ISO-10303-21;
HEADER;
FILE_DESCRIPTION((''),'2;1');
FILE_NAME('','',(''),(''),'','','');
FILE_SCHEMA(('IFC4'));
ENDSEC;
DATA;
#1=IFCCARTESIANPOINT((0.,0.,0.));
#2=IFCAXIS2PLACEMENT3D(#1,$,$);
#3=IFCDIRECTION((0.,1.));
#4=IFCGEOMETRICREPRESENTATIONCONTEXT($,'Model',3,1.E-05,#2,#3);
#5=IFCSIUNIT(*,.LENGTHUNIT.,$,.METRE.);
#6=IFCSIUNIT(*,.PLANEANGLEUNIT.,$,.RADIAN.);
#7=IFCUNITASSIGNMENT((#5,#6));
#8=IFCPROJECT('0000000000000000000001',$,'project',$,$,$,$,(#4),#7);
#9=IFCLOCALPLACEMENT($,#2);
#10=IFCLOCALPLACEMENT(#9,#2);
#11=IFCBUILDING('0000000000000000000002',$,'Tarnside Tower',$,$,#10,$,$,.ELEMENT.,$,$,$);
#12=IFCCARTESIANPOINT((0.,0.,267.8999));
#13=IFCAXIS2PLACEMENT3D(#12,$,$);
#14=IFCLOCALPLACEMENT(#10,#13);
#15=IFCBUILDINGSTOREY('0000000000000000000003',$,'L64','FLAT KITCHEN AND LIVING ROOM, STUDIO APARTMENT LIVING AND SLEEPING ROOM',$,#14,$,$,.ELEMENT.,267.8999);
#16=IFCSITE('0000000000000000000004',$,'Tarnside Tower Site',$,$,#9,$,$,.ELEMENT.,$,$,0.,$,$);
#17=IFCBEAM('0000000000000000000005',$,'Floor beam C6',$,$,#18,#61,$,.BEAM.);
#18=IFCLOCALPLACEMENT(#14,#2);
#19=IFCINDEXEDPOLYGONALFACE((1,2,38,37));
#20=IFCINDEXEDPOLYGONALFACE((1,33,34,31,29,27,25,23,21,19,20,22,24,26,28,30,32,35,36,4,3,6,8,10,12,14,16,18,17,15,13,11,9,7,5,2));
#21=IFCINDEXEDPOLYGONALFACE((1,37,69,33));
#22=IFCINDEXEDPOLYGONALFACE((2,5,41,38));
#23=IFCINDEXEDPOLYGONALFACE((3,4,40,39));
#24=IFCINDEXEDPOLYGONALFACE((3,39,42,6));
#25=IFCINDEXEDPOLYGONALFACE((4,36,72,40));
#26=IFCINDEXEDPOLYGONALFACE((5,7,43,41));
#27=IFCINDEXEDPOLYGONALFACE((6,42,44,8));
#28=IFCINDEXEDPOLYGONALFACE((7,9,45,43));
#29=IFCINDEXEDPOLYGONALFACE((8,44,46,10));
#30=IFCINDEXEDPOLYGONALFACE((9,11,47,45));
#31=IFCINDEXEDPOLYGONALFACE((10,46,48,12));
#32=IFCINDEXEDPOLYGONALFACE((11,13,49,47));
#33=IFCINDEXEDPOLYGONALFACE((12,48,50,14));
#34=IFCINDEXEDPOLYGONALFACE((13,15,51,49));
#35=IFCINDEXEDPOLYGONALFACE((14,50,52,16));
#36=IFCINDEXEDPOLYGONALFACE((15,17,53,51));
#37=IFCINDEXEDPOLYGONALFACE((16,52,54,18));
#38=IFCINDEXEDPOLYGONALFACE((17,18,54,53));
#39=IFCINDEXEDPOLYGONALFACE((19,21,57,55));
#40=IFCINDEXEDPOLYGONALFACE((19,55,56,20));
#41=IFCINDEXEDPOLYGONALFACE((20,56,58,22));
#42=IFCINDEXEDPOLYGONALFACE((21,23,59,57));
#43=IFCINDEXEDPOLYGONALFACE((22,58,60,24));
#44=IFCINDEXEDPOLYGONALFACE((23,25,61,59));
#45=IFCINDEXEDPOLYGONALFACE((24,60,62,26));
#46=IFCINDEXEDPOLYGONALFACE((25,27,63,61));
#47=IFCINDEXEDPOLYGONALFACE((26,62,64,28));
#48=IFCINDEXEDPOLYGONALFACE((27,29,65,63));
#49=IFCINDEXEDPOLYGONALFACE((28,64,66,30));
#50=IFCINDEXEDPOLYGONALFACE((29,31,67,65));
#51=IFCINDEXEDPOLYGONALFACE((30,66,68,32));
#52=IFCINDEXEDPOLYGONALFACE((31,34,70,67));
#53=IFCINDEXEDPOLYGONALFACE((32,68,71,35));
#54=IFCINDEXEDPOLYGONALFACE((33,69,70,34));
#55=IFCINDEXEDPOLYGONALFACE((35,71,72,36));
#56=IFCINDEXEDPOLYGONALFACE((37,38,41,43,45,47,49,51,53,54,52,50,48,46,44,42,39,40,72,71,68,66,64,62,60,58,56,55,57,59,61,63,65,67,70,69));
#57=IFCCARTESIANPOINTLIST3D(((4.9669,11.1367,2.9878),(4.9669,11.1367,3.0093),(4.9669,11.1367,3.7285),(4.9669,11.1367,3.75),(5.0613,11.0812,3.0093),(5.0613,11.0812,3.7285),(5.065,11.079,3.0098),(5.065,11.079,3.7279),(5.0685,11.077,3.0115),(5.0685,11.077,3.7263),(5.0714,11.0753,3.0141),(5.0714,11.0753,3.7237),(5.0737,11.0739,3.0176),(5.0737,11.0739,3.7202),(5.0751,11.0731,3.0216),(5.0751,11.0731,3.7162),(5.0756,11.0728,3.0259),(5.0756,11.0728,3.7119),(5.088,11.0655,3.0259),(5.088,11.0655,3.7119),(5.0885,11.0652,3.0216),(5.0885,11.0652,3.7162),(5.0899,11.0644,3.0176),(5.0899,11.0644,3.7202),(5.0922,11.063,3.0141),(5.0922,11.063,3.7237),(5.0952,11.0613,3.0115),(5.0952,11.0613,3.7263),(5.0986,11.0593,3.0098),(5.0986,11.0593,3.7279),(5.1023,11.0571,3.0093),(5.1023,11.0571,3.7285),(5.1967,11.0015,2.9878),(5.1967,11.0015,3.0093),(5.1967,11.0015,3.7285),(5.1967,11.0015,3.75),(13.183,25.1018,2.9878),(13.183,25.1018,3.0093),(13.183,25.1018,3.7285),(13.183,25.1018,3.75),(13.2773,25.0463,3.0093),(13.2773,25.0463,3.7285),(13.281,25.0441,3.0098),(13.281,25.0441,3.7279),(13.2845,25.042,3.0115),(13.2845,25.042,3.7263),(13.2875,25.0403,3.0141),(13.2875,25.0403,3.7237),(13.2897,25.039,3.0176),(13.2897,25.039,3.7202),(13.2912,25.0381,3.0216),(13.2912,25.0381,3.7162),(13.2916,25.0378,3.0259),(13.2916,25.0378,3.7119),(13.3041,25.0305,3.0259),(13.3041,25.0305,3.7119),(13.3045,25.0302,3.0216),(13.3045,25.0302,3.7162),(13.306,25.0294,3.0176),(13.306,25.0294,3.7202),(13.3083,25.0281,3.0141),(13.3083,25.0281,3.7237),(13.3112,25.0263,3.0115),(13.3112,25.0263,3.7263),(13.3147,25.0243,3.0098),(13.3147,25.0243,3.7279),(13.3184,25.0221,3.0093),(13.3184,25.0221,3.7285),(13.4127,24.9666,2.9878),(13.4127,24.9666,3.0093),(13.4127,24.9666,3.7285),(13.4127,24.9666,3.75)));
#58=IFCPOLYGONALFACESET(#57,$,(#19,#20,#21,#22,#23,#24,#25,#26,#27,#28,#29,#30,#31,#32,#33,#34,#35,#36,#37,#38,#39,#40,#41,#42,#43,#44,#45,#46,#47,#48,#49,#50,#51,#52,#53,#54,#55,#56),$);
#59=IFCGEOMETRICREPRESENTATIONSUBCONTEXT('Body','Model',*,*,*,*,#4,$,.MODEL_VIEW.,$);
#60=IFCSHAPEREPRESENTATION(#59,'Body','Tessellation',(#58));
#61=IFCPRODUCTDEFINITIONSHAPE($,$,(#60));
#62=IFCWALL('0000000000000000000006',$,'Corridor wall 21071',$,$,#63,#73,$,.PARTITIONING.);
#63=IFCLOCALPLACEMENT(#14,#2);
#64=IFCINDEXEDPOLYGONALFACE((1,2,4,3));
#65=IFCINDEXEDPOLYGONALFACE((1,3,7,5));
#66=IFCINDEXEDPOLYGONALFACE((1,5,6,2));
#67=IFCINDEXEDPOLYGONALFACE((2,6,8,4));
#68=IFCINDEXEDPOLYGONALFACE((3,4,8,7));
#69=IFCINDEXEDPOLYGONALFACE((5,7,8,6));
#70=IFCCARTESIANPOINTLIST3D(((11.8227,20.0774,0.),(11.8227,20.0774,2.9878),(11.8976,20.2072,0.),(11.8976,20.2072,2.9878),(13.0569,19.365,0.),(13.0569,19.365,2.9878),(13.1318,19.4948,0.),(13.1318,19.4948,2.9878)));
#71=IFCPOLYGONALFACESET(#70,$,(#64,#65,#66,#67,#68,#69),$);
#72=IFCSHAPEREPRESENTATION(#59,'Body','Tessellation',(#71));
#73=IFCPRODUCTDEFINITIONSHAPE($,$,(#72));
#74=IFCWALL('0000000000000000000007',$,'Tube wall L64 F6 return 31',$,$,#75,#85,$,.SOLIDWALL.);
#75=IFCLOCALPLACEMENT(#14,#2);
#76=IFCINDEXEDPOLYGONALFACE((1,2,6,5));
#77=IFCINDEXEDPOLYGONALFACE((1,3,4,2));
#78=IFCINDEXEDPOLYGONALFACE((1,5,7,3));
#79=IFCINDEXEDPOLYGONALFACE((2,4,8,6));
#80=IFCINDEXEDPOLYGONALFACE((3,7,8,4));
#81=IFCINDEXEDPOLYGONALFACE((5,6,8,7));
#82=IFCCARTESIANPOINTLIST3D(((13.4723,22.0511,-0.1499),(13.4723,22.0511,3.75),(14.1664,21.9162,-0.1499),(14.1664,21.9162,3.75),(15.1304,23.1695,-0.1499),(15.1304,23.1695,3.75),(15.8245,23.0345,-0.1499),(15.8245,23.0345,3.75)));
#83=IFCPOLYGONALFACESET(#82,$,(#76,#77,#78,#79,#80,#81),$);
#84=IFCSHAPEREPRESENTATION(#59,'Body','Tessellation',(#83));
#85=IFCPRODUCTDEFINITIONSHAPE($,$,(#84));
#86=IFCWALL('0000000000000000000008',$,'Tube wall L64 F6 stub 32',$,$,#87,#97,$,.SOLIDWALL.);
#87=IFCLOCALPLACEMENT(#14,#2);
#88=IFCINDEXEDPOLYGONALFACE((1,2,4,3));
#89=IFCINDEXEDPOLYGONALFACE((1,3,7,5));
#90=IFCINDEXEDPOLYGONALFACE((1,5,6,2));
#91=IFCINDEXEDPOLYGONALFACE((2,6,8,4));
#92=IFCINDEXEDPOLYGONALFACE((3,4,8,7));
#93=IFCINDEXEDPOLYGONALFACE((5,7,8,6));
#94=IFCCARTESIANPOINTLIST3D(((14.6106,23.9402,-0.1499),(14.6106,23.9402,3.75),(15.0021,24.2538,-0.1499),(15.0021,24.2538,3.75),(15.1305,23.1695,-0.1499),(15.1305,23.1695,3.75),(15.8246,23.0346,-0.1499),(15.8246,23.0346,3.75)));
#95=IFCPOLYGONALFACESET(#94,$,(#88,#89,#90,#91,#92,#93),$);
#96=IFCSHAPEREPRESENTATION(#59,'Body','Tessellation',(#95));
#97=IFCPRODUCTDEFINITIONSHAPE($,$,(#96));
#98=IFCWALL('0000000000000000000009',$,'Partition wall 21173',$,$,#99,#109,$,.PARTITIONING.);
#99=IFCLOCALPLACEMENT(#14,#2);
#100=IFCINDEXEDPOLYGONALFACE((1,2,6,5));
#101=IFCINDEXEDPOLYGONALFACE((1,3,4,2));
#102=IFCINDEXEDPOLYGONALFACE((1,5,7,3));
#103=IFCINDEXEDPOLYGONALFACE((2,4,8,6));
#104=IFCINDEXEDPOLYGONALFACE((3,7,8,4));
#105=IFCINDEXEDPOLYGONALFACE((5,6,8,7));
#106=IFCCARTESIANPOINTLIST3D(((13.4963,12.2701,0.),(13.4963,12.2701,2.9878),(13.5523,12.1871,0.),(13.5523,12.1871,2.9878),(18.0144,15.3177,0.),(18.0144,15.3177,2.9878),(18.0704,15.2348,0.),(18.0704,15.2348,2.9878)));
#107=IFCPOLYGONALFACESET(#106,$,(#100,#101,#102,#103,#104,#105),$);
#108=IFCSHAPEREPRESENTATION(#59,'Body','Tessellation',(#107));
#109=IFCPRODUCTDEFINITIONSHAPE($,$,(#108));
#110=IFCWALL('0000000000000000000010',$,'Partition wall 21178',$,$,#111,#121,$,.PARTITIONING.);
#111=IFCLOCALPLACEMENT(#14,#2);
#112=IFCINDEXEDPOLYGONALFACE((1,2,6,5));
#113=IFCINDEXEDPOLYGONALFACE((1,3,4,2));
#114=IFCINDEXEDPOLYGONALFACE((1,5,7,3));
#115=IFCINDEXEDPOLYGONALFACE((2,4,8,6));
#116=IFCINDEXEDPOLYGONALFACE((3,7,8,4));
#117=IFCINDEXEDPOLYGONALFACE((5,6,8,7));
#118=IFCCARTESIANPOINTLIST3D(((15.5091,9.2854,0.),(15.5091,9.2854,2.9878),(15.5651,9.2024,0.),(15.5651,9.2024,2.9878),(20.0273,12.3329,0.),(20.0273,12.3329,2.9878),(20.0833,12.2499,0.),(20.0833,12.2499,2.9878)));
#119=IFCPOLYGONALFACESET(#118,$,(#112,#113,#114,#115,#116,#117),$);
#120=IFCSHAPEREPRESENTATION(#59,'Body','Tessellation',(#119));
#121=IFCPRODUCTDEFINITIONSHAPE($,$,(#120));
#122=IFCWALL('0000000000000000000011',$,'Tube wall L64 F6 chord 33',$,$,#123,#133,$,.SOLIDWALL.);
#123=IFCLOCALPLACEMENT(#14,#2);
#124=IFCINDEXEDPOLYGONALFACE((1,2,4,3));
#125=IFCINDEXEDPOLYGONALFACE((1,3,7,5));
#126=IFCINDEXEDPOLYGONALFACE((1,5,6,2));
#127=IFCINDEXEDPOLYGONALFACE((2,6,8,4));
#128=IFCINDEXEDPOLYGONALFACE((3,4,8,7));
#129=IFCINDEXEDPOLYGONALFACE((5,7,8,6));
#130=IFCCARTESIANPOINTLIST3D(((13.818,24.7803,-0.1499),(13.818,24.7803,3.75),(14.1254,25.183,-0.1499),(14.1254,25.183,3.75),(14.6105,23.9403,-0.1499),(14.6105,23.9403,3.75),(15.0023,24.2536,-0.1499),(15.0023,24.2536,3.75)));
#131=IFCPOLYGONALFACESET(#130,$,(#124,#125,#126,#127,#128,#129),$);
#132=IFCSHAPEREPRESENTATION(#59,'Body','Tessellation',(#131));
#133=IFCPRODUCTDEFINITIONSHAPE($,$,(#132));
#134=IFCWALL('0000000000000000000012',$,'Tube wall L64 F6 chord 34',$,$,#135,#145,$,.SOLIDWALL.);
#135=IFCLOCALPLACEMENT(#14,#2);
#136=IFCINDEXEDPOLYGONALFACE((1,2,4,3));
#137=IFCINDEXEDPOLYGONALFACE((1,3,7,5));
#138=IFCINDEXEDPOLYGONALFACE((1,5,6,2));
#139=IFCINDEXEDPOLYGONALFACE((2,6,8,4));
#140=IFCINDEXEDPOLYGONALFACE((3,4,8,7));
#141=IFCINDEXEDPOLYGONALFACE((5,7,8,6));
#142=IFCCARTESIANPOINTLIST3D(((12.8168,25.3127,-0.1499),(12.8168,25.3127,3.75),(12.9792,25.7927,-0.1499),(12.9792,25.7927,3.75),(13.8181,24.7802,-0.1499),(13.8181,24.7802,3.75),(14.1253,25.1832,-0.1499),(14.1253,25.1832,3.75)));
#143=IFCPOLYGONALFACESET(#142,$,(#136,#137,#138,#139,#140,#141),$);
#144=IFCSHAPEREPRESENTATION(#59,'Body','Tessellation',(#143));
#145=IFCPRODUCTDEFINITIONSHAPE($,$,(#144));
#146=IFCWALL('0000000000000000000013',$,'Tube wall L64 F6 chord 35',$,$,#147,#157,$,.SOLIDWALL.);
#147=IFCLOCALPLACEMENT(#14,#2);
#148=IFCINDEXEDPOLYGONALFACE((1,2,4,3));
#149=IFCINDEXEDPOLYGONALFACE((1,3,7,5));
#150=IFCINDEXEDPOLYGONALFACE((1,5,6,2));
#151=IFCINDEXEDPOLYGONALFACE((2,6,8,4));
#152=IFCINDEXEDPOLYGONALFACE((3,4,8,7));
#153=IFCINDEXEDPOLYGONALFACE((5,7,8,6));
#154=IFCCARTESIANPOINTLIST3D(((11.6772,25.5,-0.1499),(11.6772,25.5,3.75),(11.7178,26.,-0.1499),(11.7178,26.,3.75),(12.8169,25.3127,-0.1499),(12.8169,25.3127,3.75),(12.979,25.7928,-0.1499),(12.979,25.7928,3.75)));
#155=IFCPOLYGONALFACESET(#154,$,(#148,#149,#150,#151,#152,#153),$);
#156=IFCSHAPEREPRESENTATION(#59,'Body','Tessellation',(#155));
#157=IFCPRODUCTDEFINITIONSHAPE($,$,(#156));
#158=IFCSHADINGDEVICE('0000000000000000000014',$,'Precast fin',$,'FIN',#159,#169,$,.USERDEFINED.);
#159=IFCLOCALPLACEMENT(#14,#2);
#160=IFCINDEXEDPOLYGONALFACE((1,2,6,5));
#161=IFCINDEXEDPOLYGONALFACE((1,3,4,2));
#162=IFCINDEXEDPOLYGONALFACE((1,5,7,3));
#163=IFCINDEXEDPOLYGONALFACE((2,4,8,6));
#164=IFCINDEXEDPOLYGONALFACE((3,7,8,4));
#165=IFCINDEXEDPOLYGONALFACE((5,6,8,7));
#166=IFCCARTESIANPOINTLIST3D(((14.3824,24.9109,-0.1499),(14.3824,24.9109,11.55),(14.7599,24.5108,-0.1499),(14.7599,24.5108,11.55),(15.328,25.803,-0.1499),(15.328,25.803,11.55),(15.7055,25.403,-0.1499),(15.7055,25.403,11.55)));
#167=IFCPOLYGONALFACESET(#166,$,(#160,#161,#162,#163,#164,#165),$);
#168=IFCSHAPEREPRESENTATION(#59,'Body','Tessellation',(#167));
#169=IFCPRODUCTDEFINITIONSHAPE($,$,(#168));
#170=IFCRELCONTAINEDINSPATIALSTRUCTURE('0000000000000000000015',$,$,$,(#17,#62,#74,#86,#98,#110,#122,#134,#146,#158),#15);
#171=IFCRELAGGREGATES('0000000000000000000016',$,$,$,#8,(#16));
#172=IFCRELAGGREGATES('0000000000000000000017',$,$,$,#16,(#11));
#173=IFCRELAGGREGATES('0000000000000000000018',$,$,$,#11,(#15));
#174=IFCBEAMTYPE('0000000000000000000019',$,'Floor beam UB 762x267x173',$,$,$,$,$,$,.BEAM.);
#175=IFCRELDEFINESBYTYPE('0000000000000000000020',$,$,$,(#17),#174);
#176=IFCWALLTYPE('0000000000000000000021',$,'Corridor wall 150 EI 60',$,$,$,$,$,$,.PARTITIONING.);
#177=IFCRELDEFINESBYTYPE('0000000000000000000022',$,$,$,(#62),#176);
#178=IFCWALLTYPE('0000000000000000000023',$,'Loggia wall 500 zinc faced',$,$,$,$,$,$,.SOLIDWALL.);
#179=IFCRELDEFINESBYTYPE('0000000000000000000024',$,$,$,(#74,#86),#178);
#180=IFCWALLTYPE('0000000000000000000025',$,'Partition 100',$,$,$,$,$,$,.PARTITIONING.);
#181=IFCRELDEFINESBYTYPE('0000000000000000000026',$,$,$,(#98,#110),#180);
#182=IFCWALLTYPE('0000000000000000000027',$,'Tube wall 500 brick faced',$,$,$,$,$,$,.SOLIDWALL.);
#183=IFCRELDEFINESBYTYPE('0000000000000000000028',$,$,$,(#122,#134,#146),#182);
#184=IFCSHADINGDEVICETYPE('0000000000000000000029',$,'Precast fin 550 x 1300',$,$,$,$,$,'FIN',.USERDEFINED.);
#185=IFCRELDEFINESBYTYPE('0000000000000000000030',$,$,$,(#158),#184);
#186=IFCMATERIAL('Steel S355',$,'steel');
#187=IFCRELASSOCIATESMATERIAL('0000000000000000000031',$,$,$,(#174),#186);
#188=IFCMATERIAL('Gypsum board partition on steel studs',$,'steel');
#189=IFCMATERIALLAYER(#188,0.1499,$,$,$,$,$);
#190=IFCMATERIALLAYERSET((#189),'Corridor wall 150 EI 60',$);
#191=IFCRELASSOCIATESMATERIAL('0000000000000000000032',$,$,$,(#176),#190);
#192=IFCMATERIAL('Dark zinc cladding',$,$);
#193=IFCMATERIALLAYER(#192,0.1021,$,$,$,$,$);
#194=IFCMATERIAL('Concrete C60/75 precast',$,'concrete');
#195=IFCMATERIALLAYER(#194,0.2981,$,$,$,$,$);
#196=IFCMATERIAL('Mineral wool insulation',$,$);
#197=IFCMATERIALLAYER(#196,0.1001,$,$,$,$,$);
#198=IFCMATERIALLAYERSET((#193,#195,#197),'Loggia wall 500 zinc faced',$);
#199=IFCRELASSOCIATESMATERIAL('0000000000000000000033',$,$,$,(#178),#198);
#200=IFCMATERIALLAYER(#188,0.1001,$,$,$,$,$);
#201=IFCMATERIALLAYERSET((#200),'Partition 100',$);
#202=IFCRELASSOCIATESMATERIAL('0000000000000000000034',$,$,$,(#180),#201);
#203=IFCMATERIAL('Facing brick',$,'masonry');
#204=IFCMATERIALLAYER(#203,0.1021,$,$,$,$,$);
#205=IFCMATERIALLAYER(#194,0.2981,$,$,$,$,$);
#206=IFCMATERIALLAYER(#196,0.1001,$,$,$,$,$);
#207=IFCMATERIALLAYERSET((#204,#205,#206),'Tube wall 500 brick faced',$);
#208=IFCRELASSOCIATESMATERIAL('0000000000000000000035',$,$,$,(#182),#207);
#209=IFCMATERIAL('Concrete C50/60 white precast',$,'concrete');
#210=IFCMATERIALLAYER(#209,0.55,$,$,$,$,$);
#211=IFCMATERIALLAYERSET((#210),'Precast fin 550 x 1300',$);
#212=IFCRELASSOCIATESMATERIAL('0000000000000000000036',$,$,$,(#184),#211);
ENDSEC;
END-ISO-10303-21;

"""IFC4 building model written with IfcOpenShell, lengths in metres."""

from ifc_helpers import new_model, si_unit, direction, frame, frame_2d, origin, origin_2d, place, context, subcontext, project, spatial, polyline, rectangle, i_section, outline, extrude, material, layer, layer_set, material_profile, profile_set, type_object, element, save


model = new_model("IFC4")

# Units and contexts
model_context = context("Model", 3, precision=1e-05, world=origin(), true_north=direction((0.0, 1.0)))
body_context = subcontext(model_context, "Body", "Model", "MODEL_VIEW")
ifc_project = project(units=[si_unit("LENGTHUNIT", "METRE"), si_unit("PLANEANGLEUNIT", "RADIAN")], contexts=[model_context])

# Site, building, storey
site_placement = place(None, origin())
site = spatial("IfcSite", under=ifc_project, at=site_placement, Name="Tarnside Tower Site", CompositionType="ELEMENT", RefElevation=0.0)
building_placement = place(site_placement, origin())
building = spatial("IfcBuilding", under=site, at=building_placement, Name="Tarnside Tower", CompositionType="ELEMENT")
storey_placement = place(building_placement, frame((0.0, 0.0, 267.8999)))
storey = spatial("IfcBuildingStorey", under=building, at=storey_placement, Name="L64", Description="FLAT KITCHEN AND LIVING ROOM, STUDIO APARTMENT LIVING AND SLEEPING ROOM", CompositionType="ELEMENT", Elevation=267.8999)

# Beam
ifc_material_1 = material(Name="Steel S355", Category="steel")
ifc_material_profile_1 = material_profile(ifc_material_1, i_section(OverallWidth=0.2666, OverallDepth=0.7622, WebThickness=0.0144, FlangeThickness=0.0215, FilletRadius=0.0166, at=origin_2d()), Name="UB 762x267x173")
ifc_profile_set_1 = profile_set([ifc_material_profile_1], Name="Steel S355")
beam_type_1 = type_object("IfcBeamType", Name="Floor beam UB 762x267x173", PredefinedType="BEAM", material=ifc_profile_set_1)
beam_1_placement = place(storey_placement, frame((13.2979, 25.0342, 3.3689), z_axis=(-0.50708, -0.861899, 0.0), x_axis=(0.861899, -0.50708, 0.0)))
element("IfcBeam", 1, at=beam_1_placement, inside=storey, type_object=beam_type_1, Name="Floor beam C6", PredefinedType="BEAM", context=body_context, shape_type="SweptSolid", body=[
    extrude(i_section(OverallWidth=0.2666, OverallDepth=0.7622, WebThickness=0.0144, FlangeThickness=0.0215, FilletRadius=0.0166, at=origin_2d()), origin(), (0.0, 0.0, 1.0), 16.2026),
])

# Walls
ifc_material_2 = material(Name="Gypsum board partition on steel studs", Category="steel")
ifc_layer_1 = layer(ifc_material_2, 0.1499)
ifc_layer_set_1 = layer_set([ifc_layer_1], Name="Corridor wall 150 EI 60")
wall_type_1 = type_object("IfcWallType", Name="Corridor wall 150 EI 60", PredefinedType="PARTITIONING", material=ifc_layer_set_1)
wall_1_placement = place(storey_placement, frame((13.0942, 19.4299, 0.0), z_axis=(0.0, 0.0, 1.0), x_axis=(-0.866063, 0.499935, 0.0)))
element("IfcWall", 2, at=wall_1_placement, inside=storey, type_object=wall_type_1, Name="Corridor wall 21071", PredefinedType="PARTITIONING", context=body_context, shape_type="SweptSolid", body=[
    extrude(rectangle(XDim=1.425, YDim=0.1499, at=frame_2d((0.7124, 0.0))), origin(), (0.0, 0.0, 1.0), 2.9878),
])
ifc_material_3 = material(Name="Dark zinc cladding")
ifc_layer_2 = layer(ifc_material_3, 0.1021)
ifc_material_4 = material(Name="Concrete C60/75 precast", Category="concrete")
ifc_layer_3 = layer(ifc_material_4, 0.2981)
ifc_material_5 = material(Name="Mineral wool insulation")
ifc_layer_4 = layer(ifc_material_5, 0.1001)
ifc_layer_set_2 = layer_set([ifc_layer_2, ifc_layer_3, ifc_layer_4], Name="Loggia wall 500 zinc faced")
wall_type_2 = type_object("IfcWallType", Name="Loggia wall 500 zinc faced", PredefinedType="SOLIDWALL", material=ifc_layer_set_2)
wall_2_placement = place(storey_placement, frame((13.8193, 21.9836, -0.1499), z_axis=(0.0, 0.0, 1.0), x_axis=(0.829052, 0.559171, 0.0)))
element("IfcWall", 3, at=wall_2_placement, inside=storey, type_object=wall_type_2, Name="Tube wall L64 F6 return 31", PredefinedType="SOLIDWALL", context=body_context, shape_type="SweptSolid", body=[
    extrude(outline(polyline([(0.25, -0.25), (2.25, -0.25), (1.75, 0.25), (-0.25, 0.25), (0.25, -0.25)])), origin(), (0.0, 0.0, 1.0), 3.8999),
])
wall_3_placement = place(storey_placement, frame((15.4775, 23.1021, -0.1499), z_axis=(0.0, 0.0, 1.0), x_axis=(-0.559246, 0.829002, 0.0)))
element("IfcWall", 4, at=wall_3_placement, inside=storey, type_object=wall_type_2, Name="Tube wall L64 F6 stub 32", PredefinedType="SOLIDWALL", context=body_context, shape_type="SweptSolid", body=[
    extrude(outline(polyline([(-0.25, -0.25), (1.2207, -0.25), (1.1797, 0.25), (0.25, 0.25), (-0.25, -0.25)])), origin(), (0.0, 0.0, 1.0), 3.8999),
])
ifc_layer_5 = layer(ifc_material_2, 0.1001)
ifc_layer_set_3 = layer_set([ifc_layer_5], Name="Partition 100")
wall_type_3 = type_object("IfcWallType", Name="Partition 100", PredefinedType="PARTITIONING", material=ifc_layer_set_3)
for number, where, z_axis, x_axis, name in (
    (5, (13.5242, 12.2285, 0.0), (0.0, 0.0, 1.0), (0.829026, 0.55921, 0.0), "Partition wall 21173"),
    (6, (20.0554, 12.2915, 0.0), (0.0, 0.0, 1.0), (-0.82904, -0.559189, 0.0), "Partition wall 21178"),
):
    element("IfcWall", number, at=place(storey_placement, frame(where, z_axis=z_axis, x_axis=x_axis)), inside=storey, type_object=wall_type_3, Name=name, PredefinedType="PARTITIONING", context=body_context, shape_type="SweptSolid", body=[
        extrude(rectangle(XDim=5.45, YDim=0.1001, at=frame_2d((2.7251, 0.0))), origin(), (0.0, 0.0, 1.0), 2.9878),
    ])
ifc_material_6 = material(Name="Facing brick", Category="masonry")
ifc_layer_6 = layer(ifc_material_6, 0.1021)
ifc_layer_7 = layer(ifc_material_4, 0.2981)
ifc_layer_8 = layer(ifc_material_5, 0.1001)
ifc_layer_set_4 = layer_set([ifc_layer_6, ifc_layer_7, ifc_layer_8], Name="Tube wall 500 brick faced")
wall_type_4 = type_object("IfcWallType", Name="Tube wall 500 brick faced", PredefinedType="SOLIDWALL", material=ifc_layer_set_4)
wall_4_placement = place(storey_placement, frame((14.8064, 24.0969, -0.1499), z_axis=(0.0, 0.0, 1.0), x_axis=(-0.686234, 0.72738, 0.0)))
element("IfcWall", 7, at=wall_4_placement, inside=storey, type_object=wall_type_4, Name="Tube wall L64 F6 chord 33", PredefinedType="SOLIDWALL", context=body_context, shape_type="SweptSolid", body=[
    extrude(outline(polyline([(-0.0205, -0.25), (1.2573, -0.25), (1.1753, 0.25), (0.0205, 0.25), (-0.0205, -0.25)])), origin(), (0.0, 0.0, 1.0), 3.8999),
])
wall_5_placement = place(storey_placement, frame((13.9717, 24.9817, -0.1499), z_axis=(0.0, 0.0, 1.0), x_axis=(-0.882902, 0.469556, 0.0)))
element("IfcWall", 8, at=wall_5_placement, inside=storey, type_object=wall_type_4, Name="Tube wall L64 F6 chord 34", PredefinedType="SOLIDWALL", context=body_context, shape_type="SweptSolid", body=[
    extrude(outline(polyline([(-0.041, -0.25), (1.2571, -0.25), (1.175, 0.25), (0.041, 0.25), (-0.041, -0.25)])), origin(), (0.0, 0.0, 1.0), 3.8999),
])
wall_6_placement = place(storey_placement, frame((12.8979, 25.5527, -0.1499), z_axis=(0.0, 0.0, 1.0), x_axis=(-0.986766, 0.162153, 0.0)))
element("IfcWall", 9, at=wall_6_placement, inside=storey, type_object=wall_type_4, Name="Tube wall L64 F6 chord 35", PredefinedType="SOLIDWALL", context=body_context, shape_type="SweptSolid", body=[
    extrude(outline(polyline([(-0.041, -0.25), (1.2371, -0.25), (1.196, 0.25), (0.041, 0.25), (-0.041, -0.25)])), origin(), (0.0, 0.0, 1.0), 3.8999),
])

# Shading device
ifc_material_7 = material(Name="Concrete C50/60 white precast", Category="concrete")
ifc_layer_9 = layer(ifc_material_7, 0.55)
ifc_layer_set_5 = layer_set([ifc_layer_9], Name="Precast fin 550 x 1300")
shading_device_type_1 = type_object("IfcShadingDeviceType", Name="Precast fin 550 x 1300", ElementType="FIN", PredefinedType="USERDEFINED", material=ifc_layer_set_5)
shading_device_placement = place(storey_placement, frame((14.571, 24.7109, -0.1499), z_axis=(0.686242, -0.727374, 0.0), x_axis=(0.727374, 0.686242, 0.0)))
element("IfcShadingDevice", 10, at=shading_device_placement, inside=storey, type_object=shading_device_type_1, Name="Precast fin", ObjectType="FIN", PredefinedType="USERDEFINED", context=body_context, shape_type="SweptSolid", body=[
    extrude(outline(polyline([(0.0, 0.0), (1.3, 0.0), (1.3, 11.7), (0.0, 11.7), (0.0, 0.0)])), frame((0.0, 0.0, -0.2749)), (0.0, 0.0, 1.0), 0.55),
])

save(model, "model.ifc")
